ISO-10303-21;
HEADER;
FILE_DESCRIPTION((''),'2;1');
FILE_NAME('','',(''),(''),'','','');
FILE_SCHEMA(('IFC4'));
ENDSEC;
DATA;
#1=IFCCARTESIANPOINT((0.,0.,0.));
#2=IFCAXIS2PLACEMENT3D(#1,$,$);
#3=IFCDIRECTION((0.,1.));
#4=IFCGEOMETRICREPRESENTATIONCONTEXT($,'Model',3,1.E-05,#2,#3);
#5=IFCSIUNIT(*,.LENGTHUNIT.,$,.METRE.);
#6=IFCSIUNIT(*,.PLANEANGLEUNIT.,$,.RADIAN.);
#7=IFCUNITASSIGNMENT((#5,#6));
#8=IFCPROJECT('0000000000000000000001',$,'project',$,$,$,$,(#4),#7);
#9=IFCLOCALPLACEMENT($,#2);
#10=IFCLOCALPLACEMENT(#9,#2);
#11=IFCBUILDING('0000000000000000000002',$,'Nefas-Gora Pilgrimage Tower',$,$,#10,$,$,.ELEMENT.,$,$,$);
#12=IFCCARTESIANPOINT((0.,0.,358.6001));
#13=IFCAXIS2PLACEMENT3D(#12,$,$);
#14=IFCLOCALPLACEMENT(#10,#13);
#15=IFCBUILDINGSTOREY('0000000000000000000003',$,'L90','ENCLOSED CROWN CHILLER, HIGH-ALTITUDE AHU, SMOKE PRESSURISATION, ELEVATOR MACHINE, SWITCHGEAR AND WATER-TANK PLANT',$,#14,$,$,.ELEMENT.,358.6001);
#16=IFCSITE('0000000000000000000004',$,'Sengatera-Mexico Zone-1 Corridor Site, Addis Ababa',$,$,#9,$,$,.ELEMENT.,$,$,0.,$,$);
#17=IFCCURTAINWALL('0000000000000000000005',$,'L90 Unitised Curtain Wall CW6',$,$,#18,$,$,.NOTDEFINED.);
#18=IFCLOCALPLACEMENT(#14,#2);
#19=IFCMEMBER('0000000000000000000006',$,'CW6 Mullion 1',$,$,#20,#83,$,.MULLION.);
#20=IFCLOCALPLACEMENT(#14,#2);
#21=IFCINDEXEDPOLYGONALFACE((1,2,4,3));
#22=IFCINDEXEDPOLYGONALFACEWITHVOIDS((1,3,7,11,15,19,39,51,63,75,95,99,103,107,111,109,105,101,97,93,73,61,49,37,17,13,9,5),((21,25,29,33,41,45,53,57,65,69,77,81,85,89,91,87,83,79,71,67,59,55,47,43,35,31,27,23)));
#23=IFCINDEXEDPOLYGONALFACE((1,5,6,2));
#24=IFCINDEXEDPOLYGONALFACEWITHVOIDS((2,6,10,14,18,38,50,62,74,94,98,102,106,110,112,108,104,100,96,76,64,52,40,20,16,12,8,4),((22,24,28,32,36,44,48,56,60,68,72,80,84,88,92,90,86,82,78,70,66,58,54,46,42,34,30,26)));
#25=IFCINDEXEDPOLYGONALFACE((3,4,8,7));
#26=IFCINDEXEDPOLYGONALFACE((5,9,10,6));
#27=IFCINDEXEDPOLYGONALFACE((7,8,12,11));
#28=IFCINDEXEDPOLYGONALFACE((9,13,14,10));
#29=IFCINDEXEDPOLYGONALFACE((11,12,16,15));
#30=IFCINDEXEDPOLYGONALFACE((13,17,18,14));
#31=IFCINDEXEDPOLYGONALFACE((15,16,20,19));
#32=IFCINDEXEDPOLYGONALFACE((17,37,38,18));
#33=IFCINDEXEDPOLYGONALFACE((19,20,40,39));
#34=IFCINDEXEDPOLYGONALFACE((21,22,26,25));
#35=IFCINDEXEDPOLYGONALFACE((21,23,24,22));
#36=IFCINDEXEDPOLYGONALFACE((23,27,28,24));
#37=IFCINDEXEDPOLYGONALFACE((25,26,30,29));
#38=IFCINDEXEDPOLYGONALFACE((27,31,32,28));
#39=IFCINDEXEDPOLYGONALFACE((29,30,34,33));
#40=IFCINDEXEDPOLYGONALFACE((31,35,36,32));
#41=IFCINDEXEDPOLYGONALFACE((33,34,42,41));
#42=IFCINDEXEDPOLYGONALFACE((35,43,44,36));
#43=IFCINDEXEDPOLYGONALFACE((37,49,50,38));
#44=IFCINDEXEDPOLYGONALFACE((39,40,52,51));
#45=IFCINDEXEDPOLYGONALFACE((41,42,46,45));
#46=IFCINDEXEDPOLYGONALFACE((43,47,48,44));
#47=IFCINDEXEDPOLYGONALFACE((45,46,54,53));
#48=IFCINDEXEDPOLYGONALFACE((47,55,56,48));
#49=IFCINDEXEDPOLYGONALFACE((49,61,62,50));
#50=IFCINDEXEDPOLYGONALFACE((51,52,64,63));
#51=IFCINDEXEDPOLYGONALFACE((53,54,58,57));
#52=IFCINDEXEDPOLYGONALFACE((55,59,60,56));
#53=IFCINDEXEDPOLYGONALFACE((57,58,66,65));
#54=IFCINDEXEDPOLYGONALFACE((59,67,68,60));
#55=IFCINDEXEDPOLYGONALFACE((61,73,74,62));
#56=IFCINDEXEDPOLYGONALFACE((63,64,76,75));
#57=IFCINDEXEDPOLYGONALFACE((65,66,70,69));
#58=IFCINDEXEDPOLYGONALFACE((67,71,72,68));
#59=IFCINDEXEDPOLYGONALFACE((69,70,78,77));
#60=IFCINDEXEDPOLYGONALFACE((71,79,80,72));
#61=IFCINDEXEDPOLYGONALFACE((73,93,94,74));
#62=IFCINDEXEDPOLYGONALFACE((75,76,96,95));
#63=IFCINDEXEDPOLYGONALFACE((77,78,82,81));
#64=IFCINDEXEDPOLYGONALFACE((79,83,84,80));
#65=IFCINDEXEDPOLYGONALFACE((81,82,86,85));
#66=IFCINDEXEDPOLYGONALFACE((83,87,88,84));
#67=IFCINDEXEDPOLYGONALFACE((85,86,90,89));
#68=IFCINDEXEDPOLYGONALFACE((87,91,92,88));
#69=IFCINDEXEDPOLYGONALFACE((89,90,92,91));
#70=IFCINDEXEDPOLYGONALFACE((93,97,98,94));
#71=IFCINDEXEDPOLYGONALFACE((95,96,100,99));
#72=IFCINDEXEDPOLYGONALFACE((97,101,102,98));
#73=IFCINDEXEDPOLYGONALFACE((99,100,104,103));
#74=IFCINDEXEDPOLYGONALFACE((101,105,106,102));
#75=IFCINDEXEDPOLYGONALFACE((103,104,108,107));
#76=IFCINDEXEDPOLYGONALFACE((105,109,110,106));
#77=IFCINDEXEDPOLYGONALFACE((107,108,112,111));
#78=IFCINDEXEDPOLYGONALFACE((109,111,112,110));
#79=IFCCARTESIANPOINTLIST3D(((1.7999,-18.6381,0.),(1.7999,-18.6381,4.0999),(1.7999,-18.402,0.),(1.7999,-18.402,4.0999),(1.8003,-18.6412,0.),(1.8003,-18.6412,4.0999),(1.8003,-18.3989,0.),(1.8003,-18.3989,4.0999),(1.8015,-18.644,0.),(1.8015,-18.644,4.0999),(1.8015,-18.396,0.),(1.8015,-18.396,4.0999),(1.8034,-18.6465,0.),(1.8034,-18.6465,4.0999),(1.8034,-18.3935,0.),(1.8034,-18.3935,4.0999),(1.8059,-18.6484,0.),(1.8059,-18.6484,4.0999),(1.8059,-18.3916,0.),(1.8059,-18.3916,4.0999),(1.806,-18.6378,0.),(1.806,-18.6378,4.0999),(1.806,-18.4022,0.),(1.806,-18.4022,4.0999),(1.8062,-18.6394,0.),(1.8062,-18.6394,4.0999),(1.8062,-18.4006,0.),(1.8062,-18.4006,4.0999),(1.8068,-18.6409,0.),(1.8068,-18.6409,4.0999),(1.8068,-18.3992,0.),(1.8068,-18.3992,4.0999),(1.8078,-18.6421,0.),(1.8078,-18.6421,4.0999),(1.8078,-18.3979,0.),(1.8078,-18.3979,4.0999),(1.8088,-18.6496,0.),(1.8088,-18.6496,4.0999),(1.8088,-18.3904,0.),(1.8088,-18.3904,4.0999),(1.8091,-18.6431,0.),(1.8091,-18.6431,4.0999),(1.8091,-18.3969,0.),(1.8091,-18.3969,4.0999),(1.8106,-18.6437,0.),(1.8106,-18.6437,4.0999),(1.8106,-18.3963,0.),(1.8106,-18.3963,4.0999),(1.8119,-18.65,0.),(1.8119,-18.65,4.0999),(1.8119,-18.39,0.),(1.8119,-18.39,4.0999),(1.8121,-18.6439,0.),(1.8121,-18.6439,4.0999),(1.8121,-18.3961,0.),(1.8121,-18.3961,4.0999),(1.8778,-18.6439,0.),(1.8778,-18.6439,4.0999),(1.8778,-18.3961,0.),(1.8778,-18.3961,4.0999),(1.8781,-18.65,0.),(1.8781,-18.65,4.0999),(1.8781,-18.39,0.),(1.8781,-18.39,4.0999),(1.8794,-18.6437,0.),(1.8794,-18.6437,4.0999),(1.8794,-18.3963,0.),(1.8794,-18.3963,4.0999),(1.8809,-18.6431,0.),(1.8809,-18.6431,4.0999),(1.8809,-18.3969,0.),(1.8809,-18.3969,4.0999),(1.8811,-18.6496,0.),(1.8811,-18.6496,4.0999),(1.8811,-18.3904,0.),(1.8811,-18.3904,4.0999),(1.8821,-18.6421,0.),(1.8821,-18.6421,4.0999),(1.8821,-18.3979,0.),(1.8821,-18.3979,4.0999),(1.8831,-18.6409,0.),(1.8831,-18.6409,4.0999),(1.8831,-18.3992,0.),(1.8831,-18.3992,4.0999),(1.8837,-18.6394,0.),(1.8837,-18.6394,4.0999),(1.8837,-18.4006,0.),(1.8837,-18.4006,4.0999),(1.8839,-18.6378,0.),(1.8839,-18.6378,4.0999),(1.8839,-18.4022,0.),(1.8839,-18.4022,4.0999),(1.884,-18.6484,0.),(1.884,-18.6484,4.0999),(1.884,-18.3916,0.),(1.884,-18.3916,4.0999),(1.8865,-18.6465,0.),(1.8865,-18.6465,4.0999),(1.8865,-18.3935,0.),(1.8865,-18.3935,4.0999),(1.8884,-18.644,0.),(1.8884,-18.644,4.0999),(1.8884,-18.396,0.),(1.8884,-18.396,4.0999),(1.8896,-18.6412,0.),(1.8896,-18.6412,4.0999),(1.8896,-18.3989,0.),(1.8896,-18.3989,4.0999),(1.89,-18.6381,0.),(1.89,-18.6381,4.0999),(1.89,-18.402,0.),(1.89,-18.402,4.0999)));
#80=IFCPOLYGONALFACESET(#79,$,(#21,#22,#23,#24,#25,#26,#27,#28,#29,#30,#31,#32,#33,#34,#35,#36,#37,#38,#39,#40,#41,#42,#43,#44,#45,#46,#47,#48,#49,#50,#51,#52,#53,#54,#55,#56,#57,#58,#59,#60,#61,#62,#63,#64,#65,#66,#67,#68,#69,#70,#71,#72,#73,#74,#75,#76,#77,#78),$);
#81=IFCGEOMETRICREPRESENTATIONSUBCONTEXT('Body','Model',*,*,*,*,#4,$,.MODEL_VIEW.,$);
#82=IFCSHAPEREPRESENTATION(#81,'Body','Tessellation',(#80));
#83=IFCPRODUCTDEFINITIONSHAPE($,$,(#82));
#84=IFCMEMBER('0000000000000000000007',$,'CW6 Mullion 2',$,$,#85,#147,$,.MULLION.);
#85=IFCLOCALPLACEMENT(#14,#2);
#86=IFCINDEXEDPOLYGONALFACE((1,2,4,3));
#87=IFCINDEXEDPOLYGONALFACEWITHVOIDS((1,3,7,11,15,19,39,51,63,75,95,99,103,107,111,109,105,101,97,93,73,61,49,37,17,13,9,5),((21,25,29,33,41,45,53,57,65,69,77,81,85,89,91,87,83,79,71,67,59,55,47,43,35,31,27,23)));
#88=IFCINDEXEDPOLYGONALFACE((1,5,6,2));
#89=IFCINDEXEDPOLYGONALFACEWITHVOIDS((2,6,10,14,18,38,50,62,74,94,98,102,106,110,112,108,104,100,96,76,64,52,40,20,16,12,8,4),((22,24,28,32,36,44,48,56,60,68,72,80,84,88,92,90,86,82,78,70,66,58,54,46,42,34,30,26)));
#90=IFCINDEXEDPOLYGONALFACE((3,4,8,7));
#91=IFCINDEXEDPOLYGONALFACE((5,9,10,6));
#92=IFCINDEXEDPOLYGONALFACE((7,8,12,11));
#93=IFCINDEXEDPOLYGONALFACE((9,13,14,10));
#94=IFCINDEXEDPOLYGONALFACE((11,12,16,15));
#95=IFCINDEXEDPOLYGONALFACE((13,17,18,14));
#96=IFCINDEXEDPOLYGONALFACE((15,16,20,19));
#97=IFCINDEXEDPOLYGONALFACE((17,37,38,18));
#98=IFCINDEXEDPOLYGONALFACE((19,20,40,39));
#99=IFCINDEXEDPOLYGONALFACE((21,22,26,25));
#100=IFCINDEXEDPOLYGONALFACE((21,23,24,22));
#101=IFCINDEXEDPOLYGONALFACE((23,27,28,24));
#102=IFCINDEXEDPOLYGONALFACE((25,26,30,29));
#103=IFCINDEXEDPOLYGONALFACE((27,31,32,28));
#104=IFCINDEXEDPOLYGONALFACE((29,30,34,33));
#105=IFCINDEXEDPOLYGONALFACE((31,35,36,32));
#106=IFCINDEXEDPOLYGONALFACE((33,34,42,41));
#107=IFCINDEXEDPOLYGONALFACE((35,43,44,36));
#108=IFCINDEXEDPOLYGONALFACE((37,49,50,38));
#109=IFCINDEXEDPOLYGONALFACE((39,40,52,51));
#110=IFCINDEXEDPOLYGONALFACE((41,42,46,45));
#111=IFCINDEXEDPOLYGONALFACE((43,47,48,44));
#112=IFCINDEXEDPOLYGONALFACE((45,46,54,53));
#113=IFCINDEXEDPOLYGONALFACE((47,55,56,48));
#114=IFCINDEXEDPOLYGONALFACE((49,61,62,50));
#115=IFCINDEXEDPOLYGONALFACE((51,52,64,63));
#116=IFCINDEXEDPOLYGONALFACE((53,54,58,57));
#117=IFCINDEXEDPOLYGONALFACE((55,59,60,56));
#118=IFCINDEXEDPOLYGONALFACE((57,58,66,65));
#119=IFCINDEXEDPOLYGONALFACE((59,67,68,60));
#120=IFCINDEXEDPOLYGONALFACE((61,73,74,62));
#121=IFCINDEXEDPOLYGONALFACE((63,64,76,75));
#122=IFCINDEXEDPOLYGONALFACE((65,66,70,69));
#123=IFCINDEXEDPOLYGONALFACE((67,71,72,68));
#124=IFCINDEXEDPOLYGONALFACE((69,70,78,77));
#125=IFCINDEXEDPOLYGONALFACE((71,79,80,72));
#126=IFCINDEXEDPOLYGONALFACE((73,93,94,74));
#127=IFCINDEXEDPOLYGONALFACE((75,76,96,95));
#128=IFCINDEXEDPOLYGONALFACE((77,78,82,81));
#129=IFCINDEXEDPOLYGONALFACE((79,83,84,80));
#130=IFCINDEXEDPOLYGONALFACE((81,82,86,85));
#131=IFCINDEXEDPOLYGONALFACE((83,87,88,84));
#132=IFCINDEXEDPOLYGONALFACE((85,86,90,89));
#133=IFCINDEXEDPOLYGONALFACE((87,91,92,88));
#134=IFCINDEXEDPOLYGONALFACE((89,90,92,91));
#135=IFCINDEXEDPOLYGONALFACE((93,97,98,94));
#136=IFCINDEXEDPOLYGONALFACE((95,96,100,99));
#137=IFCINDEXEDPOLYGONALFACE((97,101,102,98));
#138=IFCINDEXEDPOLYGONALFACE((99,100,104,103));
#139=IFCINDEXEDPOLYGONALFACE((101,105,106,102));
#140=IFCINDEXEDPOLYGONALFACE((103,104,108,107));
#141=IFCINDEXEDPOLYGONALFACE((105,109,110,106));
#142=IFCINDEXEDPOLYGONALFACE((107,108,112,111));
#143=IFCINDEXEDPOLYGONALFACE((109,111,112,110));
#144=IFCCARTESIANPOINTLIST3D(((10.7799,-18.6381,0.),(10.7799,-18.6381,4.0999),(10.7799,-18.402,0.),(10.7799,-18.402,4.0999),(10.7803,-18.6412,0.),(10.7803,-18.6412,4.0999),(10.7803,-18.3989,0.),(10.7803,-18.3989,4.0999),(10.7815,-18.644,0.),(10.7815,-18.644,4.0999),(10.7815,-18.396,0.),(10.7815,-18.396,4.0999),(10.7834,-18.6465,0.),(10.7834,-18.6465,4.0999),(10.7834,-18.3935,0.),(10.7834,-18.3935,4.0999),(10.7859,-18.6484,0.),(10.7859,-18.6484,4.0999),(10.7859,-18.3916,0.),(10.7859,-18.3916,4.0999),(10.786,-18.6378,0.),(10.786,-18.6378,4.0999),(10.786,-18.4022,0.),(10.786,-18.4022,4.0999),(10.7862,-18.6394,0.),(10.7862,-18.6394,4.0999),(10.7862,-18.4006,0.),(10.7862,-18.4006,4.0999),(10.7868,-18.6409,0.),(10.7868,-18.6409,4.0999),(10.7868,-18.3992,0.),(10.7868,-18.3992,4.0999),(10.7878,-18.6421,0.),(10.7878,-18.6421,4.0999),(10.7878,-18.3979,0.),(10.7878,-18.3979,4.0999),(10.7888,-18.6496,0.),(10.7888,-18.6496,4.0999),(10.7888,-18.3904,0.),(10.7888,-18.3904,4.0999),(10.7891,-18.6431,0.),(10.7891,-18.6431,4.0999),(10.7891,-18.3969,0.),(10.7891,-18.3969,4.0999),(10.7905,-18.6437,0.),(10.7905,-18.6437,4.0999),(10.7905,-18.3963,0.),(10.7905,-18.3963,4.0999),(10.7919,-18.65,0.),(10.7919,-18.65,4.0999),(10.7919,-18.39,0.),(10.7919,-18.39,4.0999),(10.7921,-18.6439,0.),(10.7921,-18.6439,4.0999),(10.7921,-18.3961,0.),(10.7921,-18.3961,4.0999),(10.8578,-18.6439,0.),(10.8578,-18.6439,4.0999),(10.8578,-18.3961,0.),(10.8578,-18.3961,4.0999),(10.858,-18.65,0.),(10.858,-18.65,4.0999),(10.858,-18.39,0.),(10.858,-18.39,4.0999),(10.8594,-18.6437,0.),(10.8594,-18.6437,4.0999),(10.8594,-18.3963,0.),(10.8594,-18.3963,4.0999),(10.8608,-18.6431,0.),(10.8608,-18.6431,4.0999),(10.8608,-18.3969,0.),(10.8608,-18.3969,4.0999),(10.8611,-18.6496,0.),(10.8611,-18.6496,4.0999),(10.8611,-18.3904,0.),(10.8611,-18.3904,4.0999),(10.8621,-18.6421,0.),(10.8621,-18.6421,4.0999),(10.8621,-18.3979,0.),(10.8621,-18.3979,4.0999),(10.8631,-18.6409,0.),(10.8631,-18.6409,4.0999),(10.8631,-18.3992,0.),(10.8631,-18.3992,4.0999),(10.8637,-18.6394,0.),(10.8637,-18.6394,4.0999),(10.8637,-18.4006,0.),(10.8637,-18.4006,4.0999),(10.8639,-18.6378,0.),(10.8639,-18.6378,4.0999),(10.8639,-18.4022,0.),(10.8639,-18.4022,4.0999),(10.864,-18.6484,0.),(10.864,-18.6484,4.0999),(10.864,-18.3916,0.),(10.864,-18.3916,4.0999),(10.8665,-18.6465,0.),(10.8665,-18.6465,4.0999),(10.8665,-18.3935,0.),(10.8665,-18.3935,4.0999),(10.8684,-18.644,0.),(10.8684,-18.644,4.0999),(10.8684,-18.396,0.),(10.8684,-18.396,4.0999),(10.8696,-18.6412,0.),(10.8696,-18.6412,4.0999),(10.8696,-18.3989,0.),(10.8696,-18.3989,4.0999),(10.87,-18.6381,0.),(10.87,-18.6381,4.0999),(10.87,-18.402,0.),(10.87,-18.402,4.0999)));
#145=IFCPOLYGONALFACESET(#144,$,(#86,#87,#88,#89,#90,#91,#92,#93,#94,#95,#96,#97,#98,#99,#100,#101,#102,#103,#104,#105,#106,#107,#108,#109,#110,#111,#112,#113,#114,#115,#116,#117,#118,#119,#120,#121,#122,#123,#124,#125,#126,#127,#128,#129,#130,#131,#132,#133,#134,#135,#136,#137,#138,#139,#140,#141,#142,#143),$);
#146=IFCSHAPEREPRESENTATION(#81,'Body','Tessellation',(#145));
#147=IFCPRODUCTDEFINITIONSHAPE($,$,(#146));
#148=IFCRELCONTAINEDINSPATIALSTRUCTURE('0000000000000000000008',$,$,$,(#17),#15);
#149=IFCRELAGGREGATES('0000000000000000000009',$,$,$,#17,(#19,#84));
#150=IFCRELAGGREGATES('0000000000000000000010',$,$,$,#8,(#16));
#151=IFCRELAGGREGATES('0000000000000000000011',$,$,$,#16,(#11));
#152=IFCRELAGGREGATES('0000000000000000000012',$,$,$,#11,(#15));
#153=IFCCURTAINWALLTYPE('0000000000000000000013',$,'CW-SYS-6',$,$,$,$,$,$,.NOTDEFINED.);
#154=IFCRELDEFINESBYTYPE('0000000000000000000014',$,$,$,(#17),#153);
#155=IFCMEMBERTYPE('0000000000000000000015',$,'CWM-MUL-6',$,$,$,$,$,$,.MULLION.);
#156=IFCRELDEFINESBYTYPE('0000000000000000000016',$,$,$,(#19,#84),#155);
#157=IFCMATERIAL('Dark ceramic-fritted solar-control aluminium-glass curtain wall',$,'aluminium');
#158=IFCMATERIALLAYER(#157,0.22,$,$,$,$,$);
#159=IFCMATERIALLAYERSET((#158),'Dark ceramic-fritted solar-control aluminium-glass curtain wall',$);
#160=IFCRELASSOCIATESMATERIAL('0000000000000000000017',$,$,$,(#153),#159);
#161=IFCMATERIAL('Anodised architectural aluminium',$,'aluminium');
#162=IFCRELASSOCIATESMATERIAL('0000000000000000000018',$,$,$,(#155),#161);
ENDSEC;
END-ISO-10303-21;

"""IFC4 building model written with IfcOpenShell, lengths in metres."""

from ifc_helpers import new_model, si_unit, direction, frame, origin, origin_2d, place, context, subcontext, project, spatial, hollow_rectangle, extrude, source, transform, mapped, material, layer, layer_set, material_profile, profile_set, type_object, element, aggregate, save


model = new_model("IFC4")

# Units and contexts
model_context = context("Model", 3, precision=1e-05, world=origin(), true_north=direction((0.0, 1.0)))
body_context = subcontext(model_context, "Body", "Model", "MODEL_VIEW")
ifc_project = project(units=[si_unit("LENGTHUNIT", "METRE"), si_unit("PLANEANGLEUNIT", "RADIAN")], contexts=[model_context])

# Site, building, storey
site_placement = place(None, origin())
site = spatial("IfcSite", under=ifc_project, at=site_placement, Name="Sengatera-Mexico Zone-1 Corridor Site, Addis Ababa", CompositionType="ELEMENT", RefElevation=0.0)
building_placement = place(site_placement, origin())
building = spatial("IfcBuilding", under=site, at=building_placement, Name="Nefas-Gora Pilgrimage Tower", CompositionType="ELEMENT")
storey_placement = place(building_placement, frame((0.0, 0.0, 358.6001)))
storey = spatial("IfcBuildingStorey", under=building, at=storey_placement, Name="L90", Description="ENCLOSED CROWN CHILLER, HIGH-ALTITUDE AHU, SMOKE PRESSURISATION, ELEVATOR MACHINE, SWITCHGEAR AND WATER-TANK PLANT", CompositionType="ELEMENT", Elevation=358.6001)

# Curtain wall, members
ifc_material_1 = material(Name="Dark ceramic-fritted solar-control aluminium-glass curtain wall", Category="aluminium")
ifc_layer_1 = layer(ifc_material_1, 0.22)
ifc_layer_set_1 = layer_set([ifc_layer_1], Name="Dark ceramic-fritted solar-control aluminium-glass curtain wall")
curtain_wall_type = type_object("IfcCurtainWallType", Name="CW-SYS-6", PredefinedType="NOTDEFINED", material=ifc_layer_set_1)
curtain_wall_1_placement = place(storey_placement, origin())
curtain_wall_1 = element("IfcCurtainWall", 1, at=curtain_wall_1_placement, inside=storey, type_object=curtain_wall_type, Name="L90 Unitised Curtain Wall CW6", PredefinedType="NOTDEFINED")
ifc_material_2 = material(Name="Anodised architectural aluminium", Category="aluminium")
ifc_material_profile_1 = material_profile(ifc_material_2, hollow_rectangle(XDim=0.0901, YDim=0.26, WallThickness=0.0061, InnerFilletRadius=0.0061, OuterFilletRadius=0.012, at=origin_2d()), Name="ALU MULLION 90x260")
ifc_profile_set_1 = profile_set([ifc_material_profile_1], Name="Anodised architectural aluminium")
member_type_1 = type_object("IfcMemberType", Name="CWM-MUL-6", PredefinedType="MULLION", material=ifc_profile_set_1)
shared_shape_1 = source(origin(), body_context, "Body", "SweptSolid", [
    extrude(hollow_rectangle(XDim=0.0901, YDim=0.26, WallThickness=0.0061, InnerFilletRadius=0.0061, OuterFilletRadius=0.012, at=origin_2d()), origin(), (0.0, 0.0, 1.0), 4.0999),
])
member_1_placement = place(storey_placement, frame((1.845, -18.52, 0.0), z_axis=(0.0, 0.0, 1.0), x_axis=(1.0, 0.0, 0.0)))
member_1 = element("IfcMember", 2, at=member_1_placement, type_object=member_type_1, Name="CW6 Mullion 1", PredefinedType="MULLION", context=body_context, shape_type="MappedRepresentation", body=[
    mapped(shared_shape_1, transform((0.0, 0.0, 0.0), x_axis=(1.0, 0.0, 0.0), y_axis=(0.0, 1.0, 0.0), z_axis=(0.0, 0.0, 1.0), scale=1.0)),
])
member_2_placement = place(storey_placement, frame((10.825, -18.52, 0.0), z_axis=(0.0, 0.0, 1.0), x_axis=(1.0, 0.0, 0.0)))
member_2 = element("IfcMember", 3, at=member_2_placement, type_object=member_type_1, Name="CW6 Mullion 2", PredefinedType="MULLION", context=body_context, shape_type="MappedRepresentation", body=[
    mapped(shared_shape_1, transform((0.0, 0.0, 0.0), x_axis=(1.0, 0.0, 0.0), y_axis=(0.0, 1.0, 0.0), z_axis=(0.0, 0.0, 1.0), scale=1.0)),
])

aggregate(curtain_wall_1, [member_1, member_2])

save(model, "model.ifc")
